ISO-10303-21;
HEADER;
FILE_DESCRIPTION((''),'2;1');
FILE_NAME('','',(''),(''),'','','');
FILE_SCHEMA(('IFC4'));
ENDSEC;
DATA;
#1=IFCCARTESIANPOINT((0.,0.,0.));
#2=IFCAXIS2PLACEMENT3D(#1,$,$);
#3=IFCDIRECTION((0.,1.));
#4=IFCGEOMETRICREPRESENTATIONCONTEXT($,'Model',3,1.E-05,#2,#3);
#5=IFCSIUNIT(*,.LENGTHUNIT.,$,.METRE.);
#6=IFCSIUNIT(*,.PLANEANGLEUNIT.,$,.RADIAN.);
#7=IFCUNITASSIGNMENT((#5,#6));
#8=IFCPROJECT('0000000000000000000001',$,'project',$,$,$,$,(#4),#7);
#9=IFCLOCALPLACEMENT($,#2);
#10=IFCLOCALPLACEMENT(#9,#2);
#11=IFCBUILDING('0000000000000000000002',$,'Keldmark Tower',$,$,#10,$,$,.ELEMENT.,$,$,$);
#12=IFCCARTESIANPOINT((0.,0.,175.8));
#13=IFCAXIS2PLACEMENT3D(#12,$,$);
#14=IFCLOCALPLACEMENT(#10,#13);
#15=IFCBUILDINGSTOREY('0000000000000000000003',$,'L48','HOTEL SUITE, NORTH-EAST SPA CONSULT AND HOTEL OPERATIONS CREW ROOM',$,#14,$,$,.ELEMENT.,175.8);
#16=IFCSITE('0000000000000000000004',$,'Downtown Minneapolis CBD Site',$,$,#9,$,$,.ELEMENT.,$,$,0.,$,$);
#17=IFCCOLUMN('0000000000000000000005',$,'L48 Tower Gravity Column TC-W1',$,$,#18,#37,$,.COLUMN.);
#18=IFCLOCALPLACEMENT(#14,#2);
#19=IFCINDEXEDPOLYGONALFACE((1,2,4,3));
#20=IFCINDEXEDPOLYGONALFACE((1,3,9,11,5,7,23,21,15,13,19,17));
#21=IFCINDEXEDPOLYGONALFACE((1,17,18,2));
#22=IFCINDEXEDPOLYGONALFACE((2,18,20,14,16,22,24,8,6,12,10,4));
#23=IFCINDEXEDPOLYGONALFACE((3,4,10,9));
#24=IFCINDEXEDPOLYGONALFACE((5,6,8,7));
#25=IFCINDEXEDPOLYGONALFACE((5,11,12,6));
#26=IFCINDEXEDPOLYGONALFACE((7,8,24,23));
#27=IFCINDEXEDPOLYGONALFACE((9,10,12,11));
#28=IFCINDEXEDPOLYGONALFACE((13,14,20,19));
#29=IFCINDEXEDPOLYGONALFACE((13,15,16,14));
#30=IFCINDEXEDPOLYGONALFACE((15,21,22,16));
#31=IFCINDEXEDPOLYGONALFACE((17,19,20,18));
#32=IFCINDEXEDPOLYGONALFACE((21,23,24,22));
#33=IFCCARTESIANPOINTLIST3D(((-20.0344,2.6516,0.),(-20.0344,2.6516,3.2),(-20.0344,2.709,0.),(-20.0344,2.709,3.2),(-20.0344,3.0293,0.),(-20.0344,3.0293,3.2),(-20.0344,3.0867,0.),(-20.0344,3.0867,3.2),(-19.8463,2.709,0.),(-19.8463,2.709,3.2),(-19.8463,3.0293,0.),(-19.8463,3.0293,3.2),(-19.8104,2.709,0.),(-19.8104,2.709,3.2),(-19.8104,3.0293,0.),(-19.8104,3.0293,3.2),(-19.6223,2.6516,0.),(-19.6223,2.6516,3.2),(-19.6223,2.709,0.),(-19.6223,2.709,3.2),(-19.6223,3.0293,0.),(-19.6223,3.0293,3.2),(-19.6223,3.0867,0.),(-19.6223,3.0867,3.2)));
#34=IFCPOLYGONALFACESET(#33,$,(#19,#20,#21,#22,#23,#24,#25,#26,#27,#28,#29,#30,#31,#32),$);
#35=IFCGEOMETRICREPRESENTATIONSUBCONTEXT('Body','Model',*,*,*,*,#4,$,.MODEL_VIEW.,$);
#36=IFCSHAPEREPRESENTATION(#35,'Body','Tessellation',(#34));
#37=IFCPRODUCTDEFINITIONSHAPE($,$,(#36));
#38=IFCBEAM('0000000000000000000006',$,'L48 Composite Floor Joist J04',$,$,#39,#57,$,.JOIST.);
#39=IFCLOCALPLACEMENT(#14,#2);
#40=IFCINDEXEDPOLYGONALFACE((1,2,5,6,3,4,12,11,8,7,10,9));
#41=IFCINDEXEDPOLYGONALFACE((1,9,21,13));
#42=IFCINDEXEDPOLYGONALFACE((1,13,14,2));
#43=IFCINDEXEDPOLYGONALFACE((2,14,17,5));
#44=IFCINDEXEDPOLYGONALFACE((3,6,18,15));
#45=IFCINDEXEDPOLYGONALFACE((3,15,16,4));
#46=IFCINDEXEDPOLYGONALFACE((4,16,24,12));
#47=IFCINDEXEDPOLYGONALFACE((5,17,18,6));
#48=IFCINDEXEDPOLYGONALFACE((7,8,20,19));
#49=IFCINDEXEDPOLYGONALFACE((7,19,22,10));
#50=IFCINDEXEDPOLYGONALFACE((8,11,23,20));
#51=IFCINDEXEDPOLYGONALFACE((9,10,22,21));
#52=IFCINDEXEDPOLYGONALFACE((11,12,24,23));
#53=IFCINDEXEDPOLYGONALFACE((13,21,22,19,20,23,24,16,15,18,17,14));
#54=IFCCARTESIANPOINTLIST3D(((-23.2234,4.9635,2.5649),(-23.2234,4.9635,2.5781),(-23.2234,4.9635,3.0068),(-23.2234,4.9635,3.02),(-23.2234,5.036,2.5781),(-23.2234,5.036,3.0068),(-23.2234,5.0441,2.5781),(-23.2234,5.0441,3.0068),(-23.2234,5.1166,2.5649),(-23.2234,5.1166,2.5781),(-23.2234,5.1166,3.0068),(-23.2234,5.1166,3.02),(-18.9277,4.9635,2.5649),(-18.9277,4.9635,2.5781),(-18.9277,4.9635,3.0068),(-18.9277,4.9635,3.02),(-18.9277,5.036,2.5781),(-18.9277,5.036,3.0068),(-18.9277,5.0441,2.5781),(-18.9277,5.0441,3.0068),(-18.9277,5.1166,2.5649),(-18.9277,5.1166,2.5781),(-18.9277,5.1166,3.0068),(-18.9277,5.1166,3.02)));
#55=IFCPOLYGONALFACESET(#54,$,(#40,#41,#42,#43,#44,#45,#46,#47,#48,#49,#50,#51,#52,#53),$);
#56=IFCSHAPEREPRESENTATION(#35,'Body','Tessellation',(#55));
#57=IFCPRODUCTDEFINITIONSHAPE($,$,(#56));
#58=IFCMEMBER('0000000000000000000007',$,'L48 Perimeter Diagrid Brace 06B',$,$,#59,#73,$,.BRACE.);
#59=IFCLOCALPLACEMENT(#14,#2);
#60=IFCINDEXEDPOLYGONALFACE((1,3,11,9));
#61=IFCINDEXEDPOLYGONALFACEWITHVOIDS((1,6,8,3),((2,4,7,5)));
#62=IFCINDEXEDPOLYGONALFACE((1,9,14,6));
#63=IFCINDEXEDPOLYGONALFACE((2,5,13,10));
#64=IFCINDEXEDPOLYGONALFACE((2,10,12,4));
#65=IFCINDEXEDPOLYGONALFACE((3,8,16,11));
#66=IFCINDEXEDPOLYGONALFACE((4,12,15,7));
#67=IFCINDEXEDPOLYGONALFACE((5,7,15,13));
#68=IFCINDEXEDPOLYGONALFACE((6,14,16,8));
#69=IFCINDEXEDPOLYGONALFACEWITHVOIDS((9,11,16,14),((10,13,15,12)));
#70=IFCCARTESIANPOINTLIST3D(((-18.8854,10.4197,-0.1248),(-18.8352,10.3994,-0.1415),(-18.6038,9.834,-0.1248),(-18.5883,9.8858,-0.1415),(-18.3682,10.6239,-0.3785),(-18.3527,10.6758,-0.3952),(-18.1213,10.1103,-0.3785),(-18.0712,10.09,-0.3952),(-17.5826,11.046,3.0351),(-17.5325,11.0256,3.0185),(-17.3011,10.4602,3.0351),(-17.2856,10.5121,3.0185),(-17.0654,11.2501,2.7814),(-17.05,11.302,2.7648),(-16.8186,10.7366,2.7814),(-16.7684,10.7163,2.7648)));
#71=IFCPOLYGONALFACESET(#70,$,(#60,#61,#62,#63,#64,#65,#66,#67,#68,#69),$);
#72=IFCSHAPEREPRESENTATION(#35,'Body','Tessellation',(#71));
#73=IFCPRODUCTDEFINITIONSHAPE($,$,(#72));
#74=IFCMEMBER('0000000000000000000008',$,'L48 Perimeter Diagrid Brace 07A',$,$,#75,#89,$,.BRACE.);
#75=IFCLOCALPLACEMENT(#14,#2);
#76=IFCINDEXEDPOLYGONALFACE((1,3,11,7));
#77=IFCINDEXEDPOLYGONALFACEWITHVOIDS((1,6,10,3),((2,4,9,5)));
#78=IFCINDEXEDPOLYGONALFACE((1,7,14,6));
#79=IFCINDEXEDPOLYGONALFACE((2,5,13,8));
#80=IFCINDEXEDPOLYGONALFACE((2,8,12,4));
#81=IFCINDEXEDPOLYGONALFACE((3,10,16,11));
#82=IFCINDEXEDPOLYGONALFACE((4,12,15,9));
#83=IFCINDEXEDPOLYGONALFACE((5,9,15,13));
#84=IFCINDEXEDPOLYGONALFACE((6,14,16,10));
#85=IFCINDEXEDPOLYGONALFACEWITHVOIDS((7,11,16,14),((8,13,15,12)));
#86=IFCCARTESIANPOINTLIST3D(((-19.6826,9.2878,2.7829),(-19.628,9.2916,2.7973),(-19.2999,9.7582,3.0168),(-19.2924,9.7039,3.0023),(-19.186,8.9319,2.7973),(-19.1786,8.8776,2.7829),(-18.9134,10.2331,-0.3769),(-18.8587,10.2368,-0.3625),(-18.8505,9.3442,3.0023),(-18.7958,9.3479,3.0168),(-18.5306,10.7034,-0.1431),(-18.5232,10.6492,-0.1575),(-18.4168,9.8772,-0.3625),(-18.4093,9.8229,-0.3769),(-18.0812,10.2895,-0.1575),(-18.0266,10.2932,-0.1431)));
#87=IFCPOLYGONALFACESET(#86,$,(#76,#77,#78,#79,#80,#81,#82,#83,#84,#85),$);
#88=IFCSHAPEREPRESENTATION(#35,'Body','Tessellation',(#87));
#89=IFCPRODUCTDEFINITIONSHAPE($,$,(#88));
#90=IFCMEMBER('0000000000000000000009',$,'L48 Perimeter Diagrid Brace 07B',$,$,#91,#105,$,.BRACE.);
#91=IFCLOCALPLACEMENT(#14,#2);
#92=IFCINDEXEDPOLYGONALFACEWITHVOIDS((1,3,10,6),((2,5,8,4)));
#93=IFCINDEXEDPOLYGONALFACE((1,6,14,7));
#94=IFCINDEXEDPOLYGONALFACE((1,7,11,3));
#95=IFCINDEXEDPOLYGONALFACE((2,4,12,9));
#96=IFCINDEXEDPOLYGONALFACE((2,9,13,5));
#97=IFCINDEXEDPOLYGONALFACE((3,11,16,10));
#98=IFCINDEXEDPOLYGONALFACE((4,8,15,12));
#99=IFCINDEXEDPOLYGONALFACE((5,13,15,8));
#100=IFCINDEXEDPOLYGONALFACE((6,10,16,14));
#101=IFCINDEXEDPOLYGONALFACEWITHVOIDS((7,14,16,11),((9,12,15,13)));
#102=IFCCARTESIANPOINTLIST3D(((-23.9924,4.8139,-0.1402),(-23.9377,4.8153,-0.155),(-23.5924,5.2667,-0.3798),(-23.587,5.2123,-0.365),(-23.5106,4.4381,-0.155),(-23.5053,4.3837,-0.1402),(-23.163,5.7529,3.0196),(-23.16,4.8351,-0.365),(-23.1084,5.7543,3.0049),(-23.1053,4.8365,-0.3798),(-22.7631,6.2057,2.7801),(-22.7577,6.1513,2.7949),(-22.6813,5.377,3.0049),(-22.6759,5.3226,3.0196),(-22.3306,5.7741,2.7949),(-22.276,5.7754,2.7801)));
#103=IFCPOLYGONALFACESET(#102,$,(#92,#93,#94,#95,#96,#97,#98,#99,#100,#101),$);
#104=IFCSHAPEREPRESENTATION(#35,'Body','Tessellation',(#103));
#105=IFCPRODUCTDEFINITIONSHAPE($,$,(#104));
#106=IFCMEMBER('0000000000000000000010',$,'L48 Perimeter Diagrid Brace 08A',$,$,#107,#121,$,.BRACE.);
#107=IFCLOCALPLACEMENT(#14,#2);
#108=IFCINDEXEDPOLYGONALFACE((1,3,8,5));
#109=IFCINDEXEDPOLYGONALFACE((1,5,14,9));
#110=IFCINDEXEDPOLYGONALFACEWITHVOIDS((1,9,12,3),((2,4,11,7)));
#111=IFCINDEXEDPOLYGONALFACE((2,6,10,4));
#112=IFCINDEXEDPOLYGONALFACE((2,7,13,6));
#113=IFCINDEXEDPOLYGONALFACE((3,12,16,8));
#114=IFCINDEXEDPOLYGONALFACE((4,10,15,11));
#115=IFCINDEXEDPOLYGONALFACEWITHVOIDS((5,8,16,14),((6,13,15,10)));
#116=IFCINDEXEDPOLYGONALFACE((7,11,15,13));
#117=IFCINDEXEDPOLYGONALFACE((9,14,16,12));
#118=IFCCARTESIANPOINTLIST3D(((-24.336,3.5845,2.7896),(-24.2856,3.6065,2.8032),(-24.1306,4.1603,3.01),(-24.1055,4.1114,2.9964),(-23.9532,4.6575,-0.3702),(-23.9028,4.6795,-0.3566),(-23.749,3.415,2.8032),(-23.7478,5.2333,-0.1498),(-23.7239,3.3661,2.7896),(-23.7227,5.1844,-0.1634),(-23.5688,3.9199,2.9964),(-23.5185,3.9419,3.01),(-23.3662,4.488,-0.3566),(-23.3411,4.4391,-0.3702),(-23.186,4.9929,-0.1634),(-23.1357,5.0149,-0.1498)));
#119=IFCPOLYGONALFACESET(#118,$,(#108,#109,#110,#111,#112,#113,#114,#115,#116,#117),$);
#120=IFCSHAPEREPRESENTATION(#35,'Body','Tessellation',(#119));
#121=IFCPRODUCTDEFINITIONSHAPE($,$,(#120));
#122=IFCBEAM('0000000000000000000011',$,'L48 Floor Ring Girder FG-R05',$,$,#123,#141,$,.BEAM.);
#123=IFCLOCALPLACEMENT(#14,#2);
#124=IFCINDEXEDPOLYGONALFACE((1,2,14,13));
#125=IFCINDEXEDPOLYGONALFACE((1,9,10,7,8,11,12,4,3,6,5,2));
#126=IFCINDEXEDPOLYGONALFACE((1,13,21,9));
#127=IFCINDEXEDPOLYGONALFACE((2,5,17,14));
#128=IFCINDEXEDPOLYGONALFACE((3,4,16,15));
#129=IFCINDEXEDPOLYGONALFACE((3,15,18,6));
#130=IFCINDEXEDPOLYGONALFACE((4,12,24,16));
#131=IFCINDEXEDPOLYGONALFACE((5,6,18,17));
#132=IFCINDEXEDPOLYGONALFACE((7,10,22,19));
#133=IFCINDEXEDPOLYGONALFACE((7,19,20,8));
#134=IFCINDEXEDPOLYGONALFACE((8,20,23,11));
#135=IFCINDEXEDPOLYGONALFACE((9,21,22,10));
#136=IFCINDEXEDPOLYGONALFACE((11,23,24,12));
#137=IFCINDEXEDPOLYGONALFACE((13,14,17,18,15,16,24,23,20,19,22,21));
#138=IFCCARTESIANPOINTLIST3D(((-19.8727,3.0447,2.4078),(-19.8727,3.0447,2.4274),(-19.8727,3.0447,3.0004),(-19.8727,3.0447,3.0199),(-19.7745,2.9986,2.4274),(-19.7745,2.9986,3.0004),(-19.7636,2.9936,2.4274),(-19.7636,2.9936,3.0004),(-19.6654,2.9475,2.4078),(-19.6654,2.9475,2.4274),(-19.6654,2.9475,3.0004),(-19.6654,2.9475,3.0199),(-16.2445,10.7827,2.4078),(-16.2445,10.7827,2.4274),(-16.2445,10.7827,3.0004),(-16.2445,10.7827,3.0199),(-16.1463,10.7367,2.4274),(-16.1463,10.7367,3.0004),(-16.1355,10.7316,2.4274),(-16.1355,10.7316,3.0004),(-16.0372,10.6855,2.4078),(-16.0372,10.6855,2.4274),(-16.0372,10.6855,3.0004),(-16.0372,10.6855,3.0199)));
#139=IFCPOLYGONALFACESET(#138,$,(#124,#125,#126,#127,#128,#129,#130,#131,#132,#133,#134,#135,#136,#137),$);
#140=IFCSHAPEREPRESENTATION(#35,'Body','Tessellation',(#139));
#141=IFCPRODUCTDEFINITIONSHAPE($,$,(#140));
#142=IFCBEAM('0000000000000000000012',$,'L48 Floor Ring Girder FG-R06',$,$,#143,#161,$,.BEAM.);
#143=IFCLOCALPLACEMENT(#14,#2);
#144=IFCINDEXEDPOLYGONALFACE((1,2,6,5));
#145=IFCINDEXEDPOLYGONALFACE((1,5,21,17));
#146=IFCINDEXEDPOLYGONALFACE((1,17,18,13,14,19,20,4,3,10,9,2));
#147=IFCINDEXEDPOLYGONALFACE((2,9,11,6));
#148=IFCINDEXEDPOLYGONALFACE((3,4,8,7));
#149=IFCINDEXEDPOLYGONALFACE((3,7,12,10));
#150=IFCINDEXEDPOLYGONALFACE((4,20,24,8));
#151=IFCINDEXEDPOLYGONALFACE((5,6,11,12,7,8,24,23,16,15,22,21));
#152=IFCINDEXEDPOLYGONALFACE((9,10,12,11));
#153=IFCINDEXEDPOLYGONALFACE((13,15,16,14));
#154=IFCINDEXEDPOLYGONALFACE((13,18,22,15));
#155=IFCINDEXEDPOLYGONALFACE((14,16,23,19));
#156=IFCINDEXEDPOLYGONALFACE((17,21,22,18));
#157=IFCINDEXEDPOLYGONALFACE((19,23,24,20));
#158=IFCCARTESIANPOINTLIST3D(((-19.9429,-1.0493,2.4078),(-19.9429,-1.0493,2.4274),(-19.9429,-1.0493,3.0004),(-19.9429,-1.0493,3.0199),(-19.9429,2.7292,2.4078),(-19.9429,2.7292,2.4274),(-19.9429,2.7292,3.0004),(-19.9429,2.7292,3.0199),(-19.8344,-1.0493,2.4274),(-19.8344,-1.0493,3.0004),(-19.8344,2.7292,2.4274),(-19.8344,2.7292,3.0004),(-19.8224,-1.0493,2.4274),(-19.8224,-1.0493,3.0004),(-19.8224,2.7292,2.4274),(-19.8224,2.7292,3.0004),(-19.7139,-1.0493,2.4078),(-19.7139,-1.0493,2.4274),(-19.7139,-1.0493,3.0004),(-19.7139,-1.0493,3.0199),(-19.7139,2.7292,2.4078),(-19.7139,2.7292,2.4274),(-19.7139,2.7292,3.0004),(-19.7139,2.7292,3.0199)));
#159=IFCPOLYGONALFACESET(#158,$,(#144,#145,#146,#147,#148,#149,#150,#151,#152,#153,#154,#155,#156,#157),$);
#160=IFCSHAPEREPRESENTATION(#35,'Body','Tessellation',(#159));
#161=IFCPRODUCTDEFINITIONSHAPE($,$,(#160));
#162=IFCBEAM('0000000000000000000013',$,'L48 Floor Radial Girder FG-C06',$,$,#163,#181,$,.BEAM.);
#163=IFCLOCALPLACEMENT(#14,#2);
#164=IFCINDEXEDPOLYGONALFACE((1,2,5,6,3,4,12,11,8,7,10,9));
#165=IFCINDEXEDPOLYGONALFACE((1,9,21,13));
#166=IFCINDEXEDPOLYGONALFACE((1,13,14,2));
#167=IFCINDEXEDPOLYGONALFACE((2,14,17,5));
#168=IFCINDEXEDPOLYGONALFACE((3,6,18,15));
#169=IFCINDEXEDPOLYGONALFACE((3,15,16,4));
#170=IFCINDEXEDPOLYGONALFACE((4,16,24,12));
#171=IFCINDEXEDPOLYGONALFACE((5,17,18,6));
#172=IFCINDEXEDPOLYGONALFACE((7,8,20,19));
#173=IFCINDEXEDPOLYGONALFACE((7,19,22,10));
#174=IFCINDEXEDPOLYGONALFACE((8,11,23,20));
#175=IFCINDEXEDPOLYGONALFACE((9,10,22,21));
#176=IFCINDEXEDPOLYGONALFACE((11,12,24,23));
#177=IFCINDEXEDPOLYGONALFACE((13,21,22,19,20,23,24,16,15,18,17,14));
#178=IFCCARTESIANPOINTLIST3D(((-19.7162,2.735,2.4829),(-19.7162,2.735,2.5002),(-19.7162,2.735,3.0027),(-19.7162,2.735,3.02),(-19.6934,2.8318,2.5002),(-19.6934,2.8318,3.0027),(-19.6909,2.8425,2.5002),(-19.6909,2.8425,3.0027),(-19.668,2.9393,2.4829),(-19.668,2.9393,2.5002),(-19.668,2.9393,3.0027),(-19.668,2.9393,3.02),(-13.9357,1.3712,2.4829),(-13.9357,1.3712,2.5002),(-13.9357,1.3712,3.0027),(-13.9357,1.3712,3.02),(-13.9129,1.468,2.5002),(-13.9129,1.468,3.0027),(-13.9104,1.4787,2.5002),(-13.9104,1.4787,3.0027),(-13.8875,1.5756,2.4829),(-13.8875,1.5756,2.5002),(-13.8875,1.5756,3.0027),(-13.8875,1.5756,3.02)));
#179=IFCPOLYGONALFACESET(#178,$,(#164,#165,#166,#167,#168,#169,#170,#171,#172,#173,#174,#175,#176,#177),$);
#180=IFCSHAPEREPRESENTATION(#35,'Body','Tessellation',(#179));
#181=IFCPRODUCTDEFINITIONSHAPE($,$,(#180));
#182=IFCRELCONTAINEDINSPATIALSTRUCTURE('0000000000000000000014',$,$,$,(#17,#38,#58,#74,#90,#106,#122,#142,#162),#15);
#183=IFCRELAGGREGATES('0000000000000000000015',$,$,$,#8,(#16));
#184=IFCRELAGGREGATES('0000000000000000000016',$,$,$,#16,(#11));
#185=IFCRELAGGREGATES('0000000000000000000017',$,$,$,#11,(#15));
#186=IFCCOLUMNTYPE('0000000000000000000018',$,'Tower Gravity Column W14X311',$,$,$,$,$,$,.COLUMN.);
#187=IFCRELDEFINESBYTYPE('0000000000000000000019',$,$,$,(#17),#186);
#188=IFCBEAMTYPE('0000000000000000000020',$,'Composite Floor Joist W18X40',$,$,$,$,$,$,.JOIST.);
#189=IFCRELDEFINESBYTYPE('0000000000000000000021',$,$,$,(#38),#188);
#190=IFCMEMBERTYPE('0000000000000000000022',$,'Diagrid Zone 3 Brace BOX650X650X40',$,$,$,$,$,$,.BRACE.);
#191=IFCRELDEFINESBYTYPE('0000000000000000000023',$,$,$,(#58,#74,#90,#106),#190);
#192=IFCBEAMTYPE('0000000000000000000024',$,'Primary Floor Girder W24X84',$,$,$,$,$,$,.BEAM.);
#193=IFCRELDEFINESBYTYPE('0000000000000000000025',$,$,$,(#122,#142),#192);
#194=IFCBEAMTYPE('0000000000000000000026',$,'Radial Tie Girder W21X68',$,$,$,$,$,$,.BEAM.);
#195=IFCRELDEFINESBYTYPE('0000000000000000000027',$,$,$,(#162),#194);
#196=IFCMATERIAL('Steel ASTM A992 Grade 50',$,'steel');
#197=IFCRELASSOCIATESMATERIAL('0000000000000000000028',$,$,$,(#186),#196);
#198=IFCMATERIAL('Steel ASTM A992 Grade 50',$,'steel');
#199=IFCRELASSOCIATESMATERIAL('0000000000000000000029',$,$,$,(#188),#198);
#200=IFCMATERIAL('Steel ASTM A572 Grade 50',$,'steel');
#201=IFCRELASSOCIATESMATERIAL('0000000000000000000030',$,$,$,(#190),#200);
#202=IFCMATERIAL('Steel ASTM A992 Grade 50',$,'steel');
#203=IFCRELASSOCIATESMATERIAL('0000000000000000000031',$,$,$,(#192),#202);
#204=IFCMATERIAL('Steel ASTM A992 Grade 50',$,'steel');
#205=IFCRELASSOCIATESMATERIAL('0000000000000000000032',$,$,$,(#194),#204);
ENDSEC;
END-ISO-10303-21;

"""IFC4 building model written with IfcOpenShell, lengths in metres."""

from ifc_helpers import new_model, si_unit, direction, frame, origin, origin_2d, place, context, subcontext, project, spatial, hollow_rectangle, i_section, extrude, material, material_profile, profile_set, type_object, element, save


model = new_model("IFC4")

# Units and contexts
model_context = context("Model", 3, precision=1e-05, world=origin(), true_north=direction((0.0, 1.0)))
body_context = subcontext(model_context, "Body", "Model", "MODEL_VIEW")
ifc_project = project(units=[si_unit("LENGTHUNIT", "METRE"), si_unit("PLANEANGLEUNIT", "RADIAN")], contexts=[model_context])

# Site, building, storey
site_placement = place(None, origin())
site = spatial("IfcSite", under=ifc_project, at=site_placement, Name="Downtown Minneapolis CBD Site", CompositionType="ELEMENT", RefElevation=0.0)
building_placement = place(site_placement, origin())
building = spatial("IfcBuilding", under=site, at=building_placement, Name="Keldmark Tower", CompositionType="ELEMENT")
storey_placement = place(building_placement, frame((0.0, 0.0, 175.8)))
storey = spatial("IfcBuildingStorey", under=building, at=storey_placement, Name="L48", Description="HOTEL SUITE, NORTH-EAST SPA CONSULT AND HOTEL OPERATIONS CREW ROOM", CompositionType="ELEMENT", Elevation=175.8)

# Column
ifc_material_1 = material(Name="Steel ASTM A992 Grade 50", Category="steel")
ifc_material_profile_1 = material_profile(ifc_material_1, i_section(OverallWidth=0.4121, OverallDepth=0.4351, WebThickness=0.0359, FlangeThickness=0.0574, at=origin_2d()), Name="W14X311")
ifc_profile_set_1 = profile_set([ifc_material_profile_1], Name="Steel ASTM A992 Grade 50")
column_type = type_object("IfcColumnType", Name="Tower Gravity Column W14X311", PredefinedType="COLUMN", material=ifc_profile_set_1)
column_placement = place(storey_placement, frame((-19.8284, 2.8691, 0.0), z_axis=(0.0, 0.0, 1.0), x_axis=(1.0, 0.0, 0.0)))
element("IfcColumn", 1, at=column_placement, inside=storey, type_object=column_type, Name="L48 Tower Gravity Column TC-W1", PredefinedType="COLUMN", context=body_context, shape_type="SweptSolid", body=[
    extrude(i_section(OverallWidth=0.4121, OverallDepth=0.4351, WebThickness=0.0359, FlangeThickness=0.0574, at=origin_2d()), origin(), (0.0, 0.0, 1.0), 3.2),
])

# Beam
ifc_material_2 = material(Name="Steel ASTM A992 Grade 50", Category="steel")
ifc_material_profile_2 = material_profile(ifc_material_2, i_section(OverallWidth=0.1531, OverallDepth=0.4551, WebThickness=0.0081, FlangeThickness=0.0132, at=origin_2d()), Name="W18X40")
ifc_profile_set_2 = profile_set([ifc_material_profile_2], Name="Steel ASTM A992 Grade 50")
beam_type_1 = type_object("IfcBeamType", Name="Composite Floor Joist W18X40", PredefinedType="JOIST", material=ifc_profile_set_2)
beam_1_placement = place(storey_placement, frame((-23.2234, 5.04, 2.7925), z_axis=(1.0, 0.0, 0.0), x_axis=(0.0, 1.0, 0.0)))
element("IfcBeam", 2, at=beam_1_placement, inside=storey, type_object=beam_type_1, Name="L48 Composite Floor Joist J04", PredefinedType="JOIST", context=body_context, shape_type="SweptSolid", body=[
    extrude(i_section(OverallWidth=0.1531, OverallDepth=0.4551, WebThickness=0.0081, FlangeThickness=0.0132, at=origin_2d()), origin(), (0.0, 0.0, 1.0), 4.2957),
])

# Members
ifc_material_3 = material(Name="Steel ASTM A572 Grade 50", Category="steel")
ifc_material_profile_3 = material_profile(ifc_material_3, hollow_rectangle(XDim=0.6499, YDim=0.6499, WallThickness=0.04, at=origin_2d()), Name="BOX650X650X40")
ifc_profile_set_3 = profile_set([ifc_material_profile_3], Name="Steel ASTM A572 Grade 50")
member_type = type_object("IfcMemberType", Name="Diagrid Zone 3 Brace BOX650X650X40", PredefinedType="BRACE", material=ifc_profile_set_3)
member_1_placement = place(storey_placement, frame((-18.4783, 10.2549, -0.26), z_axis=(0.374908, 0.180217, 0.909377), x_axis=(-0.433242, 0.901278, 0.0)))
element("IfcMember", 3, at=member_1_placement, inside=storey, type_object=member_type, Name="L48 Perimeter Diagrid Brace 06B", PredefinedType="BRACE", context=body_context, shape_type="SweptSolid", body=[
    extrude(hollow_rectangle(XDim=0.6499, YDim=0.6499, WallThickness=0.04, at=origin_2d()), origin(), (0.0, 0.0, 1.0), 3.4749),
])
member_2_placement = place(storey_placement, frame((-18.47, 10.2632, -0.26), z_axis=(-0.227142, -0.279116, 0.933006), x_axis=(0.775624, -0.631196, 0.0)))
element("IfcMember", 4, at=member_2_placement, inside=storey, type_object=member_type, Name="L48 Perimeter Diagrid Brace 07A", PredefinedType="BRACE", context=body_context, shape_type="SweptSolid", body=[
    extrude(hollow_rectangle(XDim=0.6499, YDim=0.6499, WallThickness=0.04, at=origin_2d()), origin(), (0.0, 0.0, 1.0), 3.3867),
])
member_3_placement = place(storey_placement, frame((-23.5488, 4.8252, -0.26), z_axis=(0.243983, 0.276232, 0.929607), x_axis=(-0.749502, 0.662002, 0.0)))
element("IfcMember", 5, at=member_3_placement, inside=storey, type_object=member_type, Name="L48 Perimeter Diagrid Brace 07B", PredefinedType="BRACE", context=body_context, shape_type="SweptSolid", body=[
    extrude(hollow_rectangle(XDim=0.6499, YDim=0.6499, WallThickness=0.04, at=origin_2d()), origin(), (0.0, 0.0, 1.0), 3.3992),
])
member_4_placement = place(storey_placement, frame((-23.5444, 4.8362, -0.26), z_axis=(-0.113966, -0.319439, 0.940729), x_axis=(0.941853, -0.336024, 0.0)))
element("IfcMember", 6, at=member_4_placement, inside=storey, type_object=member_type, Name="L48 Perimeter Diagrid Brace 08A", PredefinedType="BRACE", context=body_context, shape_type="SweptSolid", body=[
    extrude(hollow_rectangle(XDim=0.6499, YDim=0.6499, WallThickness=0.04, at=origin_2d()), origin(), (0.0, 0.0, 1.0), 3.3589),
])

# Beams
ifc_material_4 = material(Name="Steel ASTM A992 Grade 50", Category="steel")
ifc_material_profile_4 = material_profile(ifc_material_4, i_section(OverallWidth=0.229, OverallDepth=0.6121, WebThickness=0.012, FlangeThickness=0.0195, at=origin_2d()), Name="W24X84")
ifc_profile_set_4 = profile_set([ifc_material_profile_4], Name="Steel ASTM A992 Grade 50")
beam_type_2 = type_object("IfcBeamType", Name="Primary Floor Girder W24X84", PredefinedType="BEAM", material=ifc_profile_set_4)
beam_2_placement = place(storey_placement, frame((-16.1409, 10.7341, 2.7139), z_axis=(-0.424527, -0.905415, 0.0), x_axis=(0.905415, -0.424527, 0.0)))
element("IfcBeam", 7, at=beam_2_placement, inside=storey, type_object=beam_type_2, Name="L48 Floor Ring Girder FG-R05", PredefinedType="BEAM", context=body_context, shape_type="SweptSolid", body=[
    extrude(i_section(OverallWidth=0.229, OverallDepth=0.6121, WebThickness=0.012, FlangeThickness=0.0195, at=origin_2d()), origin(), (0.0, 0.0, 1.0), 8.5464),
])
beam_3_placement = place(storey_placement, frame((-19.8284, 2.7292, 2.7139), z_axis=(0.0, -1.0, 0.0), x_axis=(1.0, 0.0, 0.0)))
element("IfcBeam", 8, at=beam_3_placement, inside=storey, type_object=beam_type_2, Name="L48 Floor Ring Girder FG-R06", PredefinedType="BEAM", context=body_context, shape_type="SweptSolid", body=[
    extrude(i_section(OverallWidth=0.229, OverallDepth=0.6121, WebThickness=0.012, FlangeThickness=0.0195, at=origin_2d()), origin(), (0.0, 0.0, 1.0), 3.7786),
])
ifc_material_5 = material(Name="Steel ASTM A992 Grade 50", Category="steel")
ifc_material_profile_5 = material_profile(ifc_material_5, i_section(OverallWidth=0.21, OverallDepth=0.5371, WebThickness=0.011, FlangeThickness=0.0173, at=origin_2d()), Name="W21X68")
ifc_profile_set_5 = profile_set([ifc_material_profile_5], Name="Steel ASTM A992 Grade 50")
beam_type_3 = type_object("IfcBeamType", Name="Radial Tie Girder W21X68", PredefinedType="BEAM", material=ifc_profile_set_5)
beam_4_placement = place(storey_placement, frame((-19.6921, 2.8372, 2.7515), z_axis=(0.97328, -0.229621, 0.0), x_axis=(0.229621, 0.97328, 0.0)))
element("IfcBeam", 9, at=beam_4_placement, inside=storey, type_object=beam_type_3, Name="L48 Floor Radial Girder FG-C06", PredefinedType="BEAM", context=body_context, shape_type="SweptSolid", body=[
    extrude(i_section(OverallWidth=0.21, OverallDepth=0.5371, WebThickness=0.011, FlangeThickness=0.0173, at=origin_2d()), origin(), (0.0, 0.0, 1.0), 5.9392),
])

save(model, "model.ifc")
